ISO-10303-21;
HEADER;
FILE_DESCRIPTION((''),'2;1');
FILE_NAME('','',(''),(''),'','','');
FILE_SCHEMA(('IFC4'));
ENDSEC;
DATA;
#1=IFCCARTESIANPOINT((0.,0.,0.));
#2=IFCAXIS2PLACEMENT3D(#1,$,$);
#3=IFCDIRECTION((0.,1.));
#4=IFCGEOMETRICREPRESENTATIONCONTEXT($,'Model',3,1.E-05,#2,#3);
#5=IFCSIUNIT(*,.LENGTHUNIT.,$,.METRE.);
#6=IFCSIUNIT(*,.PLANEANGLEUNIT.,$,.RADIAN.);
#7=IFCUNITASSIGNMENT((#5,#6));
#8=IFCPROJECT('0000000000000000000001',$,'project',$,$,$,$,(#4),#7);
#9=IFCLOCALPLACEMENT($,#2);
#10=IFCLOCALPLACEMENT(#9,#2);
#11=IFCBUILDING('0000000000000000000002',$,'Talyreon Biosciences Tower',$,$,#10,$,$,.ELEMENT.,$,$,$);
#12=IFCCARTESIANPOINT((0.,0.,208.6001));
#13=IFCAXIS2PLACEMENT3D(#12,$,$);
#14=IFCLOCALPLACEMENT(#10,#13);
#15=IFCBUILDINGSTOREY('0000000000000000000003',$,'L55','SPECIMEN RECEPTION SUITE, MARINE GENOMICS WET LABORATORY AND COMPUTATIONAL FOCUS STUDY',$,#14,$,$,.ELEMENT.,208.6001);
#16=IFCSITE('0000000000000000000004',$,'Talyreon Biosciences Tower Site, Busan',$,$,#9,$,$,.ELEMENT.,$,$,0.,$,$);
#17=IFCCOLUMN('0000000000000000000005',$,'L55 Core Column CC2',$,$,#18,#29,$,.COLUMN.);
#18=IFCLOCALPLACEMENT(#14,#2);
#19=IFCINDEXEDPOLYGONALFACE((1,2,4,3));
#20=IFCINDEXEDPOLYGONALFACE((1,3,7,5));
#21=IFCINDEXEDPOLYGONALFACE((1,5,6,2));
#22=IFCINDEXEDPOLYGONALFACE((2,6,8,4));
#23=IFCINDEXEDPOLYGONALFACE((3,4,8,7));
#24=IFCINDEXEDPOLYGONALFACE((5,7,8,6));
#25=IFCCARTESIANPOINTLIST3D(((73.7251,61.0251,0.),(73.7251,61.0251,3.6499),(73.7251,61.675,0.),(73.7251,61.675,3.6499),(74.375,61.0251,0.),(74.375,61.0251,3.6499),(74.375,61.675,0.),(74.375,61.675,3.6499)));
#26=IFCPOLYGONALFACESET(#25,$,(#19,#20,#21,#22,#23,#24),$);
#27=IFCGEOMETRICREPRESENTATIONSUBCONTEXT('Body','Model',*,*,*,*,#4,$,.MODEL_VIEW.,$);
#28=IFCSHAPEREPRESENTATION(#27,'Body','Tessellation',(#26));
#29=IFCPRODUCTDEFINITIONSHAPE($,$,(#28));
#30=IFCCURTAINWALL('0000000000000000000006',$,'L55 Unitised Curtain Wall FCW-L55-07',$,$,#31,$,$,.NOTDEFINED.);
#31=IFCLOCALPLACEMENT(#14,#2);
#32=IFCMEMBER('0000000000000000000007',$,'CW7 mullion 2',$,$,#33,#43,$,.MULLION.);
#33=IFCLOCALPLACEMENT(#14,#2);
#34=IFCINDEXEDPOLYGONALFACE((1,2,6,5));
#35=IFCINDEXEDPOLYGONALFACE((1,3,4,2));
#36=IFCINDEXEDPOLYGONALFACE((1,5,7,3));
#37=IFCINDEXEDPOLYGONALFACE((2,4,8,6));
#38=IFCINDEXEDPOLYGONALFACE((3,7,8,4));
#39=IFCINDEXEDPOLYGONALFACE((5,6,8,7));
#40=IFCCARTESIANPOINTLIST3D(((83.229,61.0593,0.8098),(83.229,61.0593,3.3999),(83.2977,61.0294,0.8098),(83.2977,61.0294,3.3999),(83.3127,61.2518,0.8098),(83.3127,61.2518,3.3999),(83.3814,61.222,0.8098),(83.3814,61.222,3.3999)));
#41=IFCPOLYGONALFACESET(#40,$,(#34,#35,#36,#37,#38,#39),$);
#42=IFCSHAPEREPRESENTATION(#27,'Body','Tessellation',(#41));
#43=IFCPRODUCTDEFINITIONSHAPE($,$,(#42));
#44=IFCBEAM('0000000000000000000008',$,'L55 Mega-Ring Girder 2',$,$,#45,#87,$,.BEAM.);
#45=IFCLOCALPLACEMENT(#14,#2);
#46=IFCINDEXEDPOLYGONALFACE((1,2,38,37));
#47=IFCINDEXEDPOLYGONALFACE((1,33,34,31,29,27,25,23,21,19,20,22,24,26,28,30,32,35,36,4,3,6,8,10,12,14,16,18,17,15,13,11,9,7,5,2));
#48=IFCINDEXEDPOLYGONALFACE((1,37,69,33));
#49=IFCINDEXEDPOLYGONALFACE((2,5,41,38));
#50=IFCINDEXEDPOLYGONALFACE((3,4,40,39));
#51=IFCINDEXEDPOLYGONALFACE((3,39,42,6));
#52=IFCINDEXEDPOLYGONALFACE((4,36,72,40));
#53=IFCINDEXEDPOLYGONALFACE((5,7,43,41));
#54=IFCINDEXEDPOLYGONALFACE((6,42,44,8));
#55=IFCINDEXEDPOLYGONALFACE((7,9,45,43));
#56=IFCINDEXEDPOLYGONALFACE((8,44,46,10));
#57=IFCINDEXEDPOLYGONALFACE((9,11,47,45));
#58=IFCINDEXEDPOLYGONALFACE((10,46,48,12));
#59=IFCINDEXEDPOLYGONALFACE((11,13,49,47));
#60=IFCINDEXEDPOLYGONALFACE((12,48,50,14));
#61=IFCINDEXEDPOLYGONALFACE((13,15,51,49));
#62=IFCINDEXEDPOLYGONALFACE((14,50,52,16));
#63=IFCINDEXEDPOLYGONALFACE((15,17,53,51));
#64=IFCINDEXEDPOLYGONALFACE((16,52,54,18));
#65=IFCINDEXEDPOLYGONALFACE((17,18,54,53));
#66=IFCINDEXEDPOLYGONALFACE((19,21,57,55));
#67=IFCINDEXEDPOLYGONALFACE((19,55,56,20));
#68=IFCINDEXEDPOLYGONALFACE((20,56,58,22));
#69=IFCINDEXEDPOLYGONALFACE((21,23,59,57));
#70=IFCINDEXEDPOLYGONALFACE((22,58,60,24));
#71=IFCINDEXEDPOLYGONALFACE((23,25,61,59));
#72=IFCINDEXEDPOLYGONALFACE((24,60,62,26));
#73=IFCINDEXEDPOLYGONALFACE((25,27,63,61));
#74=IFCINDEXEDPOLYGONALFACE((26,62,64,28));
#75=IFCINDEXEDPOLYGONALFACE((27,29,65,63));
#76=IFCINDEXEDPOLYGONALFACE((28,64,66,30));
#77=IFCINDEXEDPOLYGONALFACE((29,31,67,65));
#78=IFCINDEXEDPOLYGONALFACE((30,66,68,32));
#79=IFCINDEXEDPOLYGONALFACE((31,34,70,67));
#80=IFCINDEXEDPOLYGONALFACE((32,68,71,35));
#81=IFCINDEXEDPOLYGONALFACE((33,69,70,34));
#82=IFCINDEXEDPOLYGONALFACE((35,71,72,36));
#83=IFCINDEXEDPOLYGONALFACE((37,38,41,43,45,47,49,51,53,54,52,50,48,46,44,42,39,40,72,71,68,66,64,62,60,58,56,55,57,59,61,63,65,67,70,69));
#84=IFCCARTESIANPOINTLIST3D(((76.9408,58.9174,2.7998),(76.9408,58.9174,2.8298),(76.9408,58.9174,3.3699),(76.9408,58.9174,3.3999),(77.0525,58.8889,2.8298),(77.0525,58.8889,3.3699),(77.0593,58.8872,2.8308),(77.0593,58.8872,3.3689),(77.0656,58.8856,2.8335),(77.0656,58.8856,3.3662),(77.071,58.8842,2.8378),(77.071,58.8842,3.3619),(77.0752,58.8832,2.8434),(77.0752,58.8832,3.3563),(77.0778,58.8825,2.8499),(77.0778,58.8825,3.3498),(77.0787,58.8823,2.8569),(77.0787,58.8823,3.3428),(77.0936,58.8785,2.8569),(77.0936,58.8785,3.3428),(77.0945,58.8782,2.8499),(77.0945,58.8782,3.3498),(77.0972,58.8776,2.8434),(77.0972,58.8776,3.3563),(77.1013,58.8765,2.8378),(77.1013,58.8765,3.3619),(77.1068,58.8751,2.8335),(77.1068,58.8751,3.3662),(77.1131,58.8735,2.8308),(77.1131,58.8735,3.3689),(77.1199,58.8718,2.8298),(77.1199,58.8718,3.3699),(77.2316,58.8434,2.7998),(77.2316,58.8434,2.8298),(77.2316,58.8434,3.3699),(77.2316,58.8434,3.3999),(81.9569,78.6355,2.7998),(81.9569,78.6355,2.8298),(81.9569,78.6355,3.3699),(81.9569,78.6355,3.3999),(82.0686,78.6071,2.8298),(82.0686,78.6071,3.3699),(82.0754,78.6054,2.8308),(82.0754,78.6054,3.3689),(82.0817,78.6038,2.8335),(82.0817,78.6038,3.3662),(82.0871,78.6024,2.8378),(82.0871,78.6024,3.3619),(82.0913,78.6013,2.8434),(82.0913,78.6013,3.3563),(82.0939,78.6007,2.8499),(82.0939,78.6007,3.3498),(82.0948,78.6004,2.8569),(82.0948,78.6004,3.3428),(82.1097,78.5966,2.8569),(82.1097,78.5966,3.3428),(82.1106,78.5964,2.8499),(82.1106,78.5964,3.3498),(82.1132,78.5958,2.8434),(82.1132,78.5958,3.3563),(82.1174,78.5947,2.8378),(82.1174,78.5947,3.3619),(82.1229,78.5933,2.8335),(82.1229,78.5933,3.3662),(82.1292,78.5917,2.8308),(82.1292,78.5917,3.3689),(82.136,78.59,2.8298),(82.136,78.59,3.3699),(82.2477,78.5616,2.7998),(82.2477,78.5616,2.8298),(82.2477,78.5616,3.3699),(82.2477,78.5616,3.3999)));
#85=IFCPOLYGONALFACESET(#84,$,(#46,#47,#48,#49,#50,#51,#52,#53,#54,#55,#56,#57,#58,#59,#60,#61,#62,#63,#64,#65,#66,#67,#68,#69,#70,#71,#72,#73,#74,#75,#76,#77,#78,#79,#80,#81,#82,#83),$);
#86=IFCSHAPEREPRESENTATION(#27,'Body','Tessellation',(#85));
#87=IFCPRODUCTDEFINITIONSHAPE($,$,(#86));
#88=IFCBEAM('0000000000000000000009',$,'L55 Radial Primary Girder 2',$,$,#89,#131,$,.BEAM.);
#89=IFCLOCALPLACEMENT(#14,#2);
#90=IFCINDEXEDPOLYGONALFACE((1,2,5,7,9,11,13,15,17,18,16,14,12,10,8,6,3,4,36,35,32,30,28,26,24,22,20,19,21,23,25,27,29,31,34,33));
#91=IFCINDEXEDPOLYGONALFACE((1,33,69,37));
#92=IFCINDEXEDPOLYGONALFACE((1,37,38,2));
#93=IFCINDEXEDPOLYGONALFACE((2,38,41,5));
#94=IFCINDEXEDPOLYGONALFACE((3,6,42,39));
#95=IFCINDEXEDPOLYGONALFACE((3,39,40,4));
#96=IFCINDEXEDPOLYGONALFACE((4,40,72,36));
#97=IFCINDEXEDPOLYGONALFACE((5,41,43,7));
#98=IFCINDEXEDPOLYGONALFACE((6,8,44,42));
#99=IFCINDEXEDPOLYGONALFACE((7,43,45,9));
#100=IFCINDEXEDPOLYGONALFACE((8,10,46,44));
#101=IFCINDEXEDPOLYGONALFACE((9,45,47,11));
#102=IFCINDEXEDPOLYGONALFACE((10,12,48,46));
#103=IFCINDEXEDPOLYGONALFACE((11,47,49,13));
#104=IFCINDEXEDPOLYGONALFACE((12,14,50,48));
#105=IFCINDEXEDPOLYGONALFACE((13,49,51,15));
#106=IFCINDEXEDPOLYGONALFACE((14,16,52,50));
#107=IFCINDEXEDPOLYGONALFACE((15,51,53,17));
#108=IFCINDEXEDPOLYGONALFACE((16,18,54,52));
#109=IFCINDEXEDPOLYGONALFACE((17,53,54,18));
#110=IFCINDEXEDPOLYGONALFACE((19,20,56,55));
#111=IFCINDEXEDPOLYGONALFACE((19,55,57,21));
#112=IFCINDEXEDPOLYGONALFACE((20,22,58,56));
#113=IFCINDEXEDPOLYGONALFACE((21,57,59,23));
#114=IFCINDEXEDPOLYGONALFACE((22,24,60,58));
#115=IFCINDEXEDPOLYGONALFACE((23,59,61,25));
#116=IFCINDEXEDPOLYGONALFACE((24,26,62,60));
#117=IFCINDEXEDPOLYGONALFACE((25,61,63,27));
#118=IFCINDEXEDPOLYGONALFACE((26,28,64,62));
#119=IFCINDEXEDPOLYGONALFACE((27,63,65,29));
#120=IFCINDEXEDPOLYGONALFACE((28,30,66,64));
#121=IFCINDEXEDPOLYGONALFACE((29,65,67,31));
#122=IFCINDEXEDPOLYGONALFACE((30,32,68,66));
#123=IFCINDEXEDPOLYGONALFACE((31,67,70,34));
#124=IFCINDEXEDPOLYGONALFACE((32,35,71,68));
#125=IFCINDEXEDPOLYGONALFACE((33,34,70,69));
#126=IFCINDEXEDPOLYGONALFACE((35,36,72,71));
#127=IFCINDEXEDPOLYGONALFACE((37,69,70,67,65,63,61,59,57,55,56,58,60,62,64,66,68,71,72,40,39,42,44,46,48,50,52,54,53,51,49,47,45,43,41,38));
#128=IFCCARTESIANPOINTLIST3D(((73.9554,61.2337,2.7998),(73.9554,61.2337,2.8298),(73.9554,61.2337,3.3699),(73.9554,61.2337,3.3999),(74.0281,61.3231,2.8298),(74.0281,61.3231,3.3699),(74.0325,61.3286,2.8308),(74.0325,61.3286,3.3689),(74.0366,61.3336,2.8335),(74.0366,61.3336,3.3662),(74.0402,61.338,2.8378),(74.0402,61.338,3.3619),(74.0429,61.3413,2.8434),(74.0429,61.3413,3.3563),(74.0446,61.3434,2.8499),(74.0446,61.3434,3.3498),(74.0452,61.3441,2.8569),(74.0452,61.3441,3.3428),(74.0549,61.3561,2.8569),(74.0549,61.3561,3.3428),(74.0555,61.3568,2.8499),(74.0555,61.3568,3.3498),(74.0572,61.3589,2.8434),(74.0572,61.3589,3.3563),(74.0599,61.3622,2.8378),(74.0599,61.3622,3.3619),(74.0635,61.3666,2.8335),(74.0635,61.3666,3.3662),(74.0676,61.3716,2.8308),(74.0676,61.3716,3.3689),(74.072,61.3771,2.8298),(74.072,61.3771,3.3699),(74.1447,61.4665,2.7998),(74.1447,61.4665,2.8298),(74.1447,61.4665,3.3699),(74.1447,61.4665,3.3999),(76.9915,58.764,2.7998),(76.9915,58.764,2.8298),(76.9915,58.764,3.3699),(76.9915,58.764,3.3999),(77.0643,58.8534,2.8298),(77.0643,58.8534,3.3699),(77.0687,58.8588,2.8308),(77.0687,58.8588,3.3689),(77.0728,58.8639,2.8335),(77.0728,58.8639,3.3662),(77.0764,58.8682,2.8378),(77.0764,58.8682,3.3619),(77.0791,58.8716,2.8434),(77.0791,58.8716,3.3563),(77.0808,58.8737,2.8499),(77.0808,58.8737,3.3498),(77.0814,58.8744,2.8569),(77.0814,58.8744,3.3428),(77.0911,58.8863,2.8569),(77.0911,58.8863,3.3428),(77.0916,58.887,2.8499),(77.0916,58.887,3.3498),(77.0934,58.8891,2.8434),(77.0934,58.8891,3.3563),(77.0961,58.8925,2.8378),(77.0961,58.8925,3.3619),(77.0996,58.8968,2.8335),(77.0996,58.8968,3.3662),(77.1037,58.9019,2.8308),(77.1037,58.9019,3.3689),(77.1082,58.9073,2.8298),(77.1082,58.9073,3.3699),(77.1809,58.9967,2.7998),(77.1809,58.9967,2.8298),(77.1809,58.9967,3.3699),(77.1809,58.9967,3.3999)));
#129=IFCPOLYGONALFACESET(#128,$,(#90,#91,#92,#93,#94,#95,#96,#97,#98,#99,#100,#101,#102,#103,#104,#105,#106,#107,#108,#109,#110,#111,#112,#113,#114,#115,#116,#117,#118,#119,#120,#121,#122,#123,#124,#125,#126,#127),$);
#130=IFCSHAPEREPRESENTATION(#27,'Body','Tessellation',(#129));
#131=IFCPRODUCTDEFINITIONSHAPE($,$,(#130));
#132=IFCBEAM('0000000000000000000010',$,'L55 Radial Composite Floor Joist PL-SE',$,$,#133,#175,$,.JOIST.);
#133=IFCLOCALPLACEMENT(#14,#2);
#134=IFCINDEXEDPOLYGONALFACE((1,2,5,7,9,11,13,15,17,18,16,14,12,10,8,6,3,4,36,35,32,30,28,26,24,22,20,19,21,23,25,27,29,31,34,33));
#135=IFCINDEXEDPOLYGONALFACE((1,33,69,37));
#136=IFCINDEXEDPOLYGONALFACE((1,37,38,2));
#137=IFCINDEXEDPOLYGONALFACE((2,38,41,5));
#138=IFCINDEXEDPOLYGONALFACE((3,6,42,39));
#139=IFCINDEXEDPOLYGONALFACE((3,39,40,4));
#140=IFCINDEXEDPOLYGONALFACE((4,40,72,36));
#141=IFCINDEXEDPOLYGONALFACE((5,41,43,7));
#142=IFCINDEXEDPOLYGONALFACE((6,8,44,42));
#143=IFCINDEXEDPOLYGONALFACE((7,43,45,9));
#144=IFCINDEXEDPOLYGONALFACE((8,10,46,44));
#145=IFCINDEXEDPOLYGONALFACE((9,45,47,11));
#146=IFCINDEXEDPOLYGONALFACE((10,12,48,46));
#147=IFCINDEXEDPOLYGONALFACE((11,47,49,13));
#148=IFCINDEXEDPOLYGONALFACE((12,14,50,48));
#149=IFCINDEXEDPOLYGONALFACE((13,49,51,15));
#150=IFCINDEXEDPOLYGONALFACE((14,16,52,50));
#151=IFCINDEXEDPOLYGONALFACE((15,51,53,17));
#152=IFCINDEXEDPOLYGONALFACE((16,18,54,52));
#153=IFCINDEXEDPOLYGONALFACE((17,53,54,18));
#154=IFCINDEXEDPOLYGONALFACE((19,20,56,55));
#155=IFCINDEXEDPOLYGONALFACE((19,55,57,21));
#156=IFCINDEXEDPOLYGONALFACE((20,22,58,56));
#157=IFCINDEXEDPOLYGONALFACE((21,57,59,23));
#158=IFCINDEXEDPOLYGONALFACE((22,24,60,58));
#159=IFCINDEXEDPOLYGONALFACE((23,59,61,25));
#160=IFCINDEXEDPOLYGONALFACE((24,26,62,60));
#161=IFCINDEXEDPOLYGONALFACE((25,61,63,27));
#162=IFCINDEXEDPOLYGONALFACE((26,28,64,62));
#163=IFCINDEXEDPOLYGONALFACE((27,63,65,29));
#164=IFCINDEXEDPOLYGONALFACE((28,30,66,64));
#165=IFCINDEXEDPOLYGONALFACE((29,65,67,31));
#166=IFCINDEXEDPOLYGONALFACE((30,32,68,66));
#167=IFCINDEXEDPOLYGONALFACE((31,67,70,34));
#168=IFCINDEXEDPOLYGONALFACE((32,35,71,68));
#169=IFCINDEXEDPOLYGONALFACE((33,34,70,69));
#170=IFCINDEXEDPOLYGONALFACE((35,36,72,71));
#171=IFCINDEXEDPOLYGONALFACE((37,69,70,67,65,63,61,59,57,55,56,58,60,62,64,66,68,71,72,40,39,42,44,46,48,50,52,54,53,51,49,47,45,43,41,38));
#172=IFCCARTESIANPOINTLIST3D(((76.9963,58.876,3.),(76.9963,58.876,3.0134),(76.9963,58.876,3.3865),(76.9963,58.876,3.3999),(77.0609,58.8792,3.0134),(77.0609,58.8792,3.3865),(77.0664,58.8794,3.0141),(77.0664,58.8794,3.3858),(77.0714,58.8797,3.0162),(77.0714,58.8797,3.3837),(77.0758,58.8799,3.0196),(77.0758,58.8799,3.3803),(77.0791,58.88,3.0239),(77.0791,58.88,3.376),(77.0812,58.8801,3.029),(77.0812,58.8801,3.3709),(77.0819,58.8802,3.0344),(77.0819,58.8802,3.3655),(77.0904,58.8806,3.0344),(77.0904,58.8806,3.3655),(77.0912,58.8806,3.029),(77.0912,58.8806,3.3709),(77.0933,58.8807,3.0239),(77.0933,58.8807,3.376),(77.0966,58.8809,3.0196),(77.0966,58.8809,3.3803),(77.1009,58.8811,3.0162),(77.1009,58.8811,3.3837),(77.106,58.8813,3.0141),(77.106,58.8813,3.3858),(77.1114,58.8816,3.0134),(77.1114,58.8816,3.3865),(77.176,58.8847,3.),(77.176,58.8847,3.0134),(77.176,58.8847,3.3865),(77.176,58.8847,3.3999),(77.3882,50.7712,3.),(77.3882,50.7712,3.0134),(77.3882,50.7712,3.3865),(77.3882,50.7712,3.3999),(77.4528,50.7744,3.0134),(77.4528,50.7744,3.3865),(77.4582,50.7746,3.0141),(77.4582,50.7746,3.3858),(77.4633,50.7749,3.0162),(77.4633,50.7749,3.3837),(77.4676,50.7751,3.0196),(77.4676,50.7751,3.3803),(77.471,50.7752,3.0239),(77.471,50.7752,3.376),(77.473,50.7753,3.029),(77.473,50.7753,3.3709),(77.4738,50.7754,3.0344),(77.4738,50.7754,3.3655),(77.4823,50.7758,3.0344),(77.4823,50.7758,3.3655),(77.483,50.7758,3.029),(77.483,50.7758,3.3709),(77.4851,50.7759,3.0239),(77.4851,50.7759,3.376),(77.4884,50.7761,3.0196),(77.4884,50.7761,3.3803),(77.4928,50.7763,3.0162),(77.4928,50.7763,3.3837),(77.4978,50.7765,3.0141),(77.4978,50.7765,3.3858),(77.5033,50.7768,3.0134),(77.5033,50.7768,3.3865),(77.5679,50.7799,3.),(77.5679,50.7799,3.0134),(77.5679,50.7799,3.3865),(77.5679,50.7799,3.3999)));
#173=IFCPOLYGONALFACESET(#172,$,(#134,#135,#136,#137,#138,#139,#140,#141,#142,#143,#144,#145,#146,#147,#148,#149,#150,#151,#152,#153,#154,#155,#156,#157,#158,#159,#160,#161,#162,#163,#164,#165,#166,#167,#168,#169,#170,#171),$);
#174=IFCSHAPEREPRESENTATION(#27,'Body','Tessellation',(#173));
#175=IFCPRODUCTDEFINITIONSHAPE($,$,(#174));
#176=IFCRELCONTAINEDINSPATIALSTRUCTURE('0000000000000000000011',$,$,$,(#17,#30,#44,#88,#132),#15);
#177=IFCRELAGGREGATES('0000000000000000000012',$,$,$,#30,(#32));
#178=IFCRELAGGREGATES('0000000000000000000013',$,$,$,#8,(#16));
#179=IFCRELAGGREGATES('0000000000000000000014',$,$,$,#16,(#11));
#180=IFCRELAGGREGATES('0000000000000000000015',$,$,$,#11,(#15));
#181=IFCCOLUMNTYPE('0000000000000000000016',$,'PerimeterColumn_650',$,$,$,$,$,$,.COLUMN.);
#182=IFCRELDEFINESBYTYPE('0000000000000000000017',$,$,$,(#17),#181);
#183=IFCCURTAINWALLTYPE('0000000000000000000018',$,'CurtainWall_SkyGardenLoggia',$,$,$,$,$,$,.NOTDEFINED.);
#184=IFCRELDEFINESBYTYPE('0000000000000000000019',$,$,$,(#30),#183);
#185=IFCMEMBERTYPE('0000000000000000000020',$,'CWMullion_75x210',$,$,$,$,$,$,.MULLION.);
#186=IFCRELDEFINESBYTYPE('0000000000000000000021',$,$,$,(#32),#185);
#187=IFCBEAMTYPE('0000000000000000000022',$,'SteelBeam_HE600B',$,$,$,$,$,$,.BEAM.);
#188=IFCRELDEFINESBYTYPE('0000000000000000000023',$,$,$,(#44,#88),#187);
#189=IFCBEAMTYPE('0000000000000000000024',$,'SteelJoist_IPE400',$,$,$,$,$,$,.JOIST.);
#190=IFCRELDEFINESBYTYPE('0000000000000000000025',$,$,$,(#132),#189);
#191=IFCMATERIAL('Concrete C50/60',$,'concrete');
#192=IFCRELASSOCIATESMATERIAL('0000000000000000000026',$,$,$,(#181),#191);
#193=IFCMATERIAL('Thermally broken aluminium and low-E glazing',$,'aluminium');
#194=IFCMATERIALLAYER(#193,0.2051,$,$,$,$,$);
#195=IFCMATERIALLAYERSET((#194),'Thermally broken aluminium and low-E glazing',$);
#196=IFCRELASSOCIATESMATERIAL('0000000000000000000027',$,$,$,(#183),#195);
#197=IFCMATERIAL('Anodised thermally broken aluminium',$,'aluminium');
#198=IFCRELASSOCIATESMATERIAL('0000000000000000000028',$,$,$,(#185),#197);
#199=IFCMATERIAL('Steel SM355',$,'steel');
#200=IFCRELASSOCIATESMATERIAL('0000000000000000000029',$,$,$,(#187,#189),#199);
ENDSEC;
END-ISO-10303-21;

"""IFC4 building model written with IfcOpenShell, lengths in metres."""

from ifc_helpers import new_model, si_unit, direction, frame, origin, origin_2d, place, context, subcontext, project, spatial, rectangle, i_section, extrude, material, layer, layer_set, material_profile, profile_set, type_object, element, aggregate, save


model = new_model("IFC4")

# Units and contexts
model_context = context("Model", 3, precision=1e-05, world=origin(), true_north=direction((0.0, 1.0)))
body_context = subcontext(model_context, "Body", "Model", "MODEL_VIEW")
ifc_project = project(units=[si_unit("LENGTHUNIT", "METRE"), si_unit("PLANEANGLEUNIT", "RADIAN")], contexts=[model_context])

# Site, building, storey
site_placement = place(None, origin())
site = spatial("IfcSite", under=ifc_project, at=site_placement, Name="Talyreon Biosciences Tower Site, Busan", CompositionType="ELEMENT", RefElevation=0.0)
building_placement = place(site_placement, origin())
building = spatial("IfcBuilding", under=site, at=building_placement, Name="Talyreon Biosciences Tower", CompositionType="ELEMENT")
storey_placement = place(building_placement, frame((0.0, 0.0, 208.6001)))
storey = spatial("IfcBuildingStorey", under=building, at=storey_placement, Name="L55", Description="SPECIMEN RECEPTION SUITE, MARINE GENOMICS WET LABORATORY AND COMPUTATIONAL FOCUS STUDY", CompositionType="ELEMENT", Elevation=208.6001)

# Column
ifc_material_1 = material(Name="Concrete C50/60", Category="concrete")
ifc_material_profile_1 = material_profile(ifc_material_1, rectangle(XDim=0.6499, YDim=0.6499, at=origin_2d()), Name="RC 650x650")
ifc_profile_set_1 = profile_set([ifc_material_profile_1], Name="Concrete C50/60")
column_type = type_object("IfcColumnType", Name="PerimeterColumn_650", PredefinedType="COLUMN", material=ifc_profile_set_1)
column_placement = place(storey_placement, frame((74.05, 61.3501, 0.0), z_axis=(0.0, 0.0, 1.0), x_axis=(1.0, 0.0, 0.0)))
element("IfcColumn", 1, at=column_placement, inside=storey, type_object=column_type, Name="L55 Core Column CC2", PredefinedType="COLUMN", context=body_context, shape_type="SweptSolid", body=[
    extrude(rectangle(XDim=0.6499, YDim=0.6499, at=origin_2d()), origin(), (0.0, 0.0, 1.0), 3.6499),
])

# Curtain wall, member
ifc_material_2 = material(Name="Thermally broken aluminium and low-E glazing", Category="aluminium")
ifc_layer_1 = layer(ifc_material_2, 0.2051)
ifc_layer_set_1 = layer_set([ifc_layer_1], Name="Thermally broken aluminium and low-E glazing")
curtain_wall_type = type_object("IfcCurtainWallType", Name="CurtainWall_SkyGardenLoggia", PredefinedType="NOTDEFINED", material=ifc_layer_set_1)
curtain_wall_placement = place(storey_placement, origin())
curtain_wall = element("IfcCurtainWall", 2, at=curtain_wall_placement, inside=storey, type_object=curtain_wall_type, Name="L55 Unitised Curtain Wall FCW-L55-07", PredefinedType="NOTDEFINED")
ifc_material_3 = material(Name="Anodised thermally broken aluminium", Category="aluminium")
ifc_material_profile_2 = material_profile(ifc_material_3, rectangle(XDim=0.075, YDim=0.21, at=origin_2d()), Name="ALUM MULLION 75x210")
ifc_profile_set_2 = profile_set([ifc_material_profile_2], Name="Anodised thermally broken aluminium")
member_type = type_object("IfcMemberType", Name="CWMullion_75x210", PredefinedType="MULLION", material=ifc_profile_set_2)
member_placement = place(storey_placement, frame((83.3052, 61.1406, 0.8098), z_axis=(0.0, 0.0, 1.0), x_axis=(0.917113, -0.398628, 0.0)))
member = element("IfcMember", 3, at=member_placement, type_object=member_type, Name="CW7 mullion 2", PredefinedType="MULLION", context=body_context, shape_type="SweptSolid", body=[
    extrude(rectangle(XDim=0.075, YDim=0.21, at=origin_2d()), origin(), (0.0, 0.0, 1.0), 2.5901),
])
aggregate(curtain_wall, [member])

# Beams
ifc_material_4 = material(Name="Steel SM355", Category="steel")
ifc_material_profile_3 = material_profile(ifc_material_4, i_section(OverallWidth=0.3, OverallDepth=0.6001, WebThickness=0.0154, FlangeThickness=0.03, FilletRadius=0.0271, at=origin_2d()), Name="HE600B")
ifc_profile_set_3 = profile_set([ifc_material_profile_3], Name="Steel SM355")
beam_type_1 = type_object("IfcBeamType", Name="SteelBeam_HE600B", PredefinedType="BEAM", material=ifc_profile_set_3)
beam_1_placement = place(storey_placement, frame((77.0862, 58.8804, 3.0999), z_axis=(0.246537, 0.969133, 0.0), x_axis=(-0.969133, 0.246537, 0.0)))
element("IfcBeam", 4, at=beam_1_placement, inside=storey, type_object=beam_type_1, Name="L55 Mega-Ring Girder 2", PredefinedType="BEAM", context=body_context, shape_type="SweptSolid", body=[
    extrude(i_section(OverallWidth=0.3, OverallDepth=0.6001, WebThickness=0.0154, FlangeThickness=0.03, FilletRadius=0.0271, at=origin_2d()), origin(), (0.0, 0.0, 1.0), 20.3462),
])
beam_2_placement = place(storey_placement, frame((74.05, 61.3501, 3.0999), z_axis=(0.775755, -0.631034, 0.0), x_axis=(0.631034, 0.775755, 0.0)))
element("IfcBeam", 5, at=beam_2_placement, inside=storey, type_object=beam_type_1, Name="L55 Radial Primary Girder 2", PredefinedType="BEAM", context=body_context, shape_type="SweptSolid", body=[
    extrude(i_section(OverallWidth=0.3, OverallDepth=0.6001, WebThickness=0.0154, FlangeThickness=0.03, FilletRadius=0.0271, at=origin_2d()), origin(), (0.0, 0.0, 1.0), 3.9138),
])
ifc_material_profile_4 = material_profile(ifc_material_4, i_section(OverallWidth=0.1799, OverallDepth=0.3999, WebThickness=0.0085, FlangeThickness=0.0134, FilletRadius=0.021, at=origin_2d()), Name="IPE400")
ifc_profile_set_4 = profile_set([ifc_material_profile_4], Name="Steel SM355")
beam_type_2 = type_object("IfcBeamType", Name="SteelJoist_IPE400", PredefinedType="JOIST", material=ifc_profile_set_4)
beam_3_placement = place(storey_placement, frame((77.0862, 58.8804, 3.2), z_axis=(0.048291, -0.998833, 0.0), x_axis=(0.998833, 0.048291, 0.0)))
element("IfcBeam", 6, at=beam_3_placement, inside=storey, type_object=beam_type_2, Name="L55 Radial Composite Floor Joist PL-SE", PredefinedType="JOIST", context=body_context, shape_type="SweptSolid", body=[
    extrude(i_section(OverallWidth=0.1799, OverallDepth=0.3999, WebThickness=0.0085, FlangeThickness=0.0134, FilletRadius=0.021, at=origin_2d()), origin(), (0.0, 0.0, 1.0), 8.1143),
])

save(model, "model.ifc")
